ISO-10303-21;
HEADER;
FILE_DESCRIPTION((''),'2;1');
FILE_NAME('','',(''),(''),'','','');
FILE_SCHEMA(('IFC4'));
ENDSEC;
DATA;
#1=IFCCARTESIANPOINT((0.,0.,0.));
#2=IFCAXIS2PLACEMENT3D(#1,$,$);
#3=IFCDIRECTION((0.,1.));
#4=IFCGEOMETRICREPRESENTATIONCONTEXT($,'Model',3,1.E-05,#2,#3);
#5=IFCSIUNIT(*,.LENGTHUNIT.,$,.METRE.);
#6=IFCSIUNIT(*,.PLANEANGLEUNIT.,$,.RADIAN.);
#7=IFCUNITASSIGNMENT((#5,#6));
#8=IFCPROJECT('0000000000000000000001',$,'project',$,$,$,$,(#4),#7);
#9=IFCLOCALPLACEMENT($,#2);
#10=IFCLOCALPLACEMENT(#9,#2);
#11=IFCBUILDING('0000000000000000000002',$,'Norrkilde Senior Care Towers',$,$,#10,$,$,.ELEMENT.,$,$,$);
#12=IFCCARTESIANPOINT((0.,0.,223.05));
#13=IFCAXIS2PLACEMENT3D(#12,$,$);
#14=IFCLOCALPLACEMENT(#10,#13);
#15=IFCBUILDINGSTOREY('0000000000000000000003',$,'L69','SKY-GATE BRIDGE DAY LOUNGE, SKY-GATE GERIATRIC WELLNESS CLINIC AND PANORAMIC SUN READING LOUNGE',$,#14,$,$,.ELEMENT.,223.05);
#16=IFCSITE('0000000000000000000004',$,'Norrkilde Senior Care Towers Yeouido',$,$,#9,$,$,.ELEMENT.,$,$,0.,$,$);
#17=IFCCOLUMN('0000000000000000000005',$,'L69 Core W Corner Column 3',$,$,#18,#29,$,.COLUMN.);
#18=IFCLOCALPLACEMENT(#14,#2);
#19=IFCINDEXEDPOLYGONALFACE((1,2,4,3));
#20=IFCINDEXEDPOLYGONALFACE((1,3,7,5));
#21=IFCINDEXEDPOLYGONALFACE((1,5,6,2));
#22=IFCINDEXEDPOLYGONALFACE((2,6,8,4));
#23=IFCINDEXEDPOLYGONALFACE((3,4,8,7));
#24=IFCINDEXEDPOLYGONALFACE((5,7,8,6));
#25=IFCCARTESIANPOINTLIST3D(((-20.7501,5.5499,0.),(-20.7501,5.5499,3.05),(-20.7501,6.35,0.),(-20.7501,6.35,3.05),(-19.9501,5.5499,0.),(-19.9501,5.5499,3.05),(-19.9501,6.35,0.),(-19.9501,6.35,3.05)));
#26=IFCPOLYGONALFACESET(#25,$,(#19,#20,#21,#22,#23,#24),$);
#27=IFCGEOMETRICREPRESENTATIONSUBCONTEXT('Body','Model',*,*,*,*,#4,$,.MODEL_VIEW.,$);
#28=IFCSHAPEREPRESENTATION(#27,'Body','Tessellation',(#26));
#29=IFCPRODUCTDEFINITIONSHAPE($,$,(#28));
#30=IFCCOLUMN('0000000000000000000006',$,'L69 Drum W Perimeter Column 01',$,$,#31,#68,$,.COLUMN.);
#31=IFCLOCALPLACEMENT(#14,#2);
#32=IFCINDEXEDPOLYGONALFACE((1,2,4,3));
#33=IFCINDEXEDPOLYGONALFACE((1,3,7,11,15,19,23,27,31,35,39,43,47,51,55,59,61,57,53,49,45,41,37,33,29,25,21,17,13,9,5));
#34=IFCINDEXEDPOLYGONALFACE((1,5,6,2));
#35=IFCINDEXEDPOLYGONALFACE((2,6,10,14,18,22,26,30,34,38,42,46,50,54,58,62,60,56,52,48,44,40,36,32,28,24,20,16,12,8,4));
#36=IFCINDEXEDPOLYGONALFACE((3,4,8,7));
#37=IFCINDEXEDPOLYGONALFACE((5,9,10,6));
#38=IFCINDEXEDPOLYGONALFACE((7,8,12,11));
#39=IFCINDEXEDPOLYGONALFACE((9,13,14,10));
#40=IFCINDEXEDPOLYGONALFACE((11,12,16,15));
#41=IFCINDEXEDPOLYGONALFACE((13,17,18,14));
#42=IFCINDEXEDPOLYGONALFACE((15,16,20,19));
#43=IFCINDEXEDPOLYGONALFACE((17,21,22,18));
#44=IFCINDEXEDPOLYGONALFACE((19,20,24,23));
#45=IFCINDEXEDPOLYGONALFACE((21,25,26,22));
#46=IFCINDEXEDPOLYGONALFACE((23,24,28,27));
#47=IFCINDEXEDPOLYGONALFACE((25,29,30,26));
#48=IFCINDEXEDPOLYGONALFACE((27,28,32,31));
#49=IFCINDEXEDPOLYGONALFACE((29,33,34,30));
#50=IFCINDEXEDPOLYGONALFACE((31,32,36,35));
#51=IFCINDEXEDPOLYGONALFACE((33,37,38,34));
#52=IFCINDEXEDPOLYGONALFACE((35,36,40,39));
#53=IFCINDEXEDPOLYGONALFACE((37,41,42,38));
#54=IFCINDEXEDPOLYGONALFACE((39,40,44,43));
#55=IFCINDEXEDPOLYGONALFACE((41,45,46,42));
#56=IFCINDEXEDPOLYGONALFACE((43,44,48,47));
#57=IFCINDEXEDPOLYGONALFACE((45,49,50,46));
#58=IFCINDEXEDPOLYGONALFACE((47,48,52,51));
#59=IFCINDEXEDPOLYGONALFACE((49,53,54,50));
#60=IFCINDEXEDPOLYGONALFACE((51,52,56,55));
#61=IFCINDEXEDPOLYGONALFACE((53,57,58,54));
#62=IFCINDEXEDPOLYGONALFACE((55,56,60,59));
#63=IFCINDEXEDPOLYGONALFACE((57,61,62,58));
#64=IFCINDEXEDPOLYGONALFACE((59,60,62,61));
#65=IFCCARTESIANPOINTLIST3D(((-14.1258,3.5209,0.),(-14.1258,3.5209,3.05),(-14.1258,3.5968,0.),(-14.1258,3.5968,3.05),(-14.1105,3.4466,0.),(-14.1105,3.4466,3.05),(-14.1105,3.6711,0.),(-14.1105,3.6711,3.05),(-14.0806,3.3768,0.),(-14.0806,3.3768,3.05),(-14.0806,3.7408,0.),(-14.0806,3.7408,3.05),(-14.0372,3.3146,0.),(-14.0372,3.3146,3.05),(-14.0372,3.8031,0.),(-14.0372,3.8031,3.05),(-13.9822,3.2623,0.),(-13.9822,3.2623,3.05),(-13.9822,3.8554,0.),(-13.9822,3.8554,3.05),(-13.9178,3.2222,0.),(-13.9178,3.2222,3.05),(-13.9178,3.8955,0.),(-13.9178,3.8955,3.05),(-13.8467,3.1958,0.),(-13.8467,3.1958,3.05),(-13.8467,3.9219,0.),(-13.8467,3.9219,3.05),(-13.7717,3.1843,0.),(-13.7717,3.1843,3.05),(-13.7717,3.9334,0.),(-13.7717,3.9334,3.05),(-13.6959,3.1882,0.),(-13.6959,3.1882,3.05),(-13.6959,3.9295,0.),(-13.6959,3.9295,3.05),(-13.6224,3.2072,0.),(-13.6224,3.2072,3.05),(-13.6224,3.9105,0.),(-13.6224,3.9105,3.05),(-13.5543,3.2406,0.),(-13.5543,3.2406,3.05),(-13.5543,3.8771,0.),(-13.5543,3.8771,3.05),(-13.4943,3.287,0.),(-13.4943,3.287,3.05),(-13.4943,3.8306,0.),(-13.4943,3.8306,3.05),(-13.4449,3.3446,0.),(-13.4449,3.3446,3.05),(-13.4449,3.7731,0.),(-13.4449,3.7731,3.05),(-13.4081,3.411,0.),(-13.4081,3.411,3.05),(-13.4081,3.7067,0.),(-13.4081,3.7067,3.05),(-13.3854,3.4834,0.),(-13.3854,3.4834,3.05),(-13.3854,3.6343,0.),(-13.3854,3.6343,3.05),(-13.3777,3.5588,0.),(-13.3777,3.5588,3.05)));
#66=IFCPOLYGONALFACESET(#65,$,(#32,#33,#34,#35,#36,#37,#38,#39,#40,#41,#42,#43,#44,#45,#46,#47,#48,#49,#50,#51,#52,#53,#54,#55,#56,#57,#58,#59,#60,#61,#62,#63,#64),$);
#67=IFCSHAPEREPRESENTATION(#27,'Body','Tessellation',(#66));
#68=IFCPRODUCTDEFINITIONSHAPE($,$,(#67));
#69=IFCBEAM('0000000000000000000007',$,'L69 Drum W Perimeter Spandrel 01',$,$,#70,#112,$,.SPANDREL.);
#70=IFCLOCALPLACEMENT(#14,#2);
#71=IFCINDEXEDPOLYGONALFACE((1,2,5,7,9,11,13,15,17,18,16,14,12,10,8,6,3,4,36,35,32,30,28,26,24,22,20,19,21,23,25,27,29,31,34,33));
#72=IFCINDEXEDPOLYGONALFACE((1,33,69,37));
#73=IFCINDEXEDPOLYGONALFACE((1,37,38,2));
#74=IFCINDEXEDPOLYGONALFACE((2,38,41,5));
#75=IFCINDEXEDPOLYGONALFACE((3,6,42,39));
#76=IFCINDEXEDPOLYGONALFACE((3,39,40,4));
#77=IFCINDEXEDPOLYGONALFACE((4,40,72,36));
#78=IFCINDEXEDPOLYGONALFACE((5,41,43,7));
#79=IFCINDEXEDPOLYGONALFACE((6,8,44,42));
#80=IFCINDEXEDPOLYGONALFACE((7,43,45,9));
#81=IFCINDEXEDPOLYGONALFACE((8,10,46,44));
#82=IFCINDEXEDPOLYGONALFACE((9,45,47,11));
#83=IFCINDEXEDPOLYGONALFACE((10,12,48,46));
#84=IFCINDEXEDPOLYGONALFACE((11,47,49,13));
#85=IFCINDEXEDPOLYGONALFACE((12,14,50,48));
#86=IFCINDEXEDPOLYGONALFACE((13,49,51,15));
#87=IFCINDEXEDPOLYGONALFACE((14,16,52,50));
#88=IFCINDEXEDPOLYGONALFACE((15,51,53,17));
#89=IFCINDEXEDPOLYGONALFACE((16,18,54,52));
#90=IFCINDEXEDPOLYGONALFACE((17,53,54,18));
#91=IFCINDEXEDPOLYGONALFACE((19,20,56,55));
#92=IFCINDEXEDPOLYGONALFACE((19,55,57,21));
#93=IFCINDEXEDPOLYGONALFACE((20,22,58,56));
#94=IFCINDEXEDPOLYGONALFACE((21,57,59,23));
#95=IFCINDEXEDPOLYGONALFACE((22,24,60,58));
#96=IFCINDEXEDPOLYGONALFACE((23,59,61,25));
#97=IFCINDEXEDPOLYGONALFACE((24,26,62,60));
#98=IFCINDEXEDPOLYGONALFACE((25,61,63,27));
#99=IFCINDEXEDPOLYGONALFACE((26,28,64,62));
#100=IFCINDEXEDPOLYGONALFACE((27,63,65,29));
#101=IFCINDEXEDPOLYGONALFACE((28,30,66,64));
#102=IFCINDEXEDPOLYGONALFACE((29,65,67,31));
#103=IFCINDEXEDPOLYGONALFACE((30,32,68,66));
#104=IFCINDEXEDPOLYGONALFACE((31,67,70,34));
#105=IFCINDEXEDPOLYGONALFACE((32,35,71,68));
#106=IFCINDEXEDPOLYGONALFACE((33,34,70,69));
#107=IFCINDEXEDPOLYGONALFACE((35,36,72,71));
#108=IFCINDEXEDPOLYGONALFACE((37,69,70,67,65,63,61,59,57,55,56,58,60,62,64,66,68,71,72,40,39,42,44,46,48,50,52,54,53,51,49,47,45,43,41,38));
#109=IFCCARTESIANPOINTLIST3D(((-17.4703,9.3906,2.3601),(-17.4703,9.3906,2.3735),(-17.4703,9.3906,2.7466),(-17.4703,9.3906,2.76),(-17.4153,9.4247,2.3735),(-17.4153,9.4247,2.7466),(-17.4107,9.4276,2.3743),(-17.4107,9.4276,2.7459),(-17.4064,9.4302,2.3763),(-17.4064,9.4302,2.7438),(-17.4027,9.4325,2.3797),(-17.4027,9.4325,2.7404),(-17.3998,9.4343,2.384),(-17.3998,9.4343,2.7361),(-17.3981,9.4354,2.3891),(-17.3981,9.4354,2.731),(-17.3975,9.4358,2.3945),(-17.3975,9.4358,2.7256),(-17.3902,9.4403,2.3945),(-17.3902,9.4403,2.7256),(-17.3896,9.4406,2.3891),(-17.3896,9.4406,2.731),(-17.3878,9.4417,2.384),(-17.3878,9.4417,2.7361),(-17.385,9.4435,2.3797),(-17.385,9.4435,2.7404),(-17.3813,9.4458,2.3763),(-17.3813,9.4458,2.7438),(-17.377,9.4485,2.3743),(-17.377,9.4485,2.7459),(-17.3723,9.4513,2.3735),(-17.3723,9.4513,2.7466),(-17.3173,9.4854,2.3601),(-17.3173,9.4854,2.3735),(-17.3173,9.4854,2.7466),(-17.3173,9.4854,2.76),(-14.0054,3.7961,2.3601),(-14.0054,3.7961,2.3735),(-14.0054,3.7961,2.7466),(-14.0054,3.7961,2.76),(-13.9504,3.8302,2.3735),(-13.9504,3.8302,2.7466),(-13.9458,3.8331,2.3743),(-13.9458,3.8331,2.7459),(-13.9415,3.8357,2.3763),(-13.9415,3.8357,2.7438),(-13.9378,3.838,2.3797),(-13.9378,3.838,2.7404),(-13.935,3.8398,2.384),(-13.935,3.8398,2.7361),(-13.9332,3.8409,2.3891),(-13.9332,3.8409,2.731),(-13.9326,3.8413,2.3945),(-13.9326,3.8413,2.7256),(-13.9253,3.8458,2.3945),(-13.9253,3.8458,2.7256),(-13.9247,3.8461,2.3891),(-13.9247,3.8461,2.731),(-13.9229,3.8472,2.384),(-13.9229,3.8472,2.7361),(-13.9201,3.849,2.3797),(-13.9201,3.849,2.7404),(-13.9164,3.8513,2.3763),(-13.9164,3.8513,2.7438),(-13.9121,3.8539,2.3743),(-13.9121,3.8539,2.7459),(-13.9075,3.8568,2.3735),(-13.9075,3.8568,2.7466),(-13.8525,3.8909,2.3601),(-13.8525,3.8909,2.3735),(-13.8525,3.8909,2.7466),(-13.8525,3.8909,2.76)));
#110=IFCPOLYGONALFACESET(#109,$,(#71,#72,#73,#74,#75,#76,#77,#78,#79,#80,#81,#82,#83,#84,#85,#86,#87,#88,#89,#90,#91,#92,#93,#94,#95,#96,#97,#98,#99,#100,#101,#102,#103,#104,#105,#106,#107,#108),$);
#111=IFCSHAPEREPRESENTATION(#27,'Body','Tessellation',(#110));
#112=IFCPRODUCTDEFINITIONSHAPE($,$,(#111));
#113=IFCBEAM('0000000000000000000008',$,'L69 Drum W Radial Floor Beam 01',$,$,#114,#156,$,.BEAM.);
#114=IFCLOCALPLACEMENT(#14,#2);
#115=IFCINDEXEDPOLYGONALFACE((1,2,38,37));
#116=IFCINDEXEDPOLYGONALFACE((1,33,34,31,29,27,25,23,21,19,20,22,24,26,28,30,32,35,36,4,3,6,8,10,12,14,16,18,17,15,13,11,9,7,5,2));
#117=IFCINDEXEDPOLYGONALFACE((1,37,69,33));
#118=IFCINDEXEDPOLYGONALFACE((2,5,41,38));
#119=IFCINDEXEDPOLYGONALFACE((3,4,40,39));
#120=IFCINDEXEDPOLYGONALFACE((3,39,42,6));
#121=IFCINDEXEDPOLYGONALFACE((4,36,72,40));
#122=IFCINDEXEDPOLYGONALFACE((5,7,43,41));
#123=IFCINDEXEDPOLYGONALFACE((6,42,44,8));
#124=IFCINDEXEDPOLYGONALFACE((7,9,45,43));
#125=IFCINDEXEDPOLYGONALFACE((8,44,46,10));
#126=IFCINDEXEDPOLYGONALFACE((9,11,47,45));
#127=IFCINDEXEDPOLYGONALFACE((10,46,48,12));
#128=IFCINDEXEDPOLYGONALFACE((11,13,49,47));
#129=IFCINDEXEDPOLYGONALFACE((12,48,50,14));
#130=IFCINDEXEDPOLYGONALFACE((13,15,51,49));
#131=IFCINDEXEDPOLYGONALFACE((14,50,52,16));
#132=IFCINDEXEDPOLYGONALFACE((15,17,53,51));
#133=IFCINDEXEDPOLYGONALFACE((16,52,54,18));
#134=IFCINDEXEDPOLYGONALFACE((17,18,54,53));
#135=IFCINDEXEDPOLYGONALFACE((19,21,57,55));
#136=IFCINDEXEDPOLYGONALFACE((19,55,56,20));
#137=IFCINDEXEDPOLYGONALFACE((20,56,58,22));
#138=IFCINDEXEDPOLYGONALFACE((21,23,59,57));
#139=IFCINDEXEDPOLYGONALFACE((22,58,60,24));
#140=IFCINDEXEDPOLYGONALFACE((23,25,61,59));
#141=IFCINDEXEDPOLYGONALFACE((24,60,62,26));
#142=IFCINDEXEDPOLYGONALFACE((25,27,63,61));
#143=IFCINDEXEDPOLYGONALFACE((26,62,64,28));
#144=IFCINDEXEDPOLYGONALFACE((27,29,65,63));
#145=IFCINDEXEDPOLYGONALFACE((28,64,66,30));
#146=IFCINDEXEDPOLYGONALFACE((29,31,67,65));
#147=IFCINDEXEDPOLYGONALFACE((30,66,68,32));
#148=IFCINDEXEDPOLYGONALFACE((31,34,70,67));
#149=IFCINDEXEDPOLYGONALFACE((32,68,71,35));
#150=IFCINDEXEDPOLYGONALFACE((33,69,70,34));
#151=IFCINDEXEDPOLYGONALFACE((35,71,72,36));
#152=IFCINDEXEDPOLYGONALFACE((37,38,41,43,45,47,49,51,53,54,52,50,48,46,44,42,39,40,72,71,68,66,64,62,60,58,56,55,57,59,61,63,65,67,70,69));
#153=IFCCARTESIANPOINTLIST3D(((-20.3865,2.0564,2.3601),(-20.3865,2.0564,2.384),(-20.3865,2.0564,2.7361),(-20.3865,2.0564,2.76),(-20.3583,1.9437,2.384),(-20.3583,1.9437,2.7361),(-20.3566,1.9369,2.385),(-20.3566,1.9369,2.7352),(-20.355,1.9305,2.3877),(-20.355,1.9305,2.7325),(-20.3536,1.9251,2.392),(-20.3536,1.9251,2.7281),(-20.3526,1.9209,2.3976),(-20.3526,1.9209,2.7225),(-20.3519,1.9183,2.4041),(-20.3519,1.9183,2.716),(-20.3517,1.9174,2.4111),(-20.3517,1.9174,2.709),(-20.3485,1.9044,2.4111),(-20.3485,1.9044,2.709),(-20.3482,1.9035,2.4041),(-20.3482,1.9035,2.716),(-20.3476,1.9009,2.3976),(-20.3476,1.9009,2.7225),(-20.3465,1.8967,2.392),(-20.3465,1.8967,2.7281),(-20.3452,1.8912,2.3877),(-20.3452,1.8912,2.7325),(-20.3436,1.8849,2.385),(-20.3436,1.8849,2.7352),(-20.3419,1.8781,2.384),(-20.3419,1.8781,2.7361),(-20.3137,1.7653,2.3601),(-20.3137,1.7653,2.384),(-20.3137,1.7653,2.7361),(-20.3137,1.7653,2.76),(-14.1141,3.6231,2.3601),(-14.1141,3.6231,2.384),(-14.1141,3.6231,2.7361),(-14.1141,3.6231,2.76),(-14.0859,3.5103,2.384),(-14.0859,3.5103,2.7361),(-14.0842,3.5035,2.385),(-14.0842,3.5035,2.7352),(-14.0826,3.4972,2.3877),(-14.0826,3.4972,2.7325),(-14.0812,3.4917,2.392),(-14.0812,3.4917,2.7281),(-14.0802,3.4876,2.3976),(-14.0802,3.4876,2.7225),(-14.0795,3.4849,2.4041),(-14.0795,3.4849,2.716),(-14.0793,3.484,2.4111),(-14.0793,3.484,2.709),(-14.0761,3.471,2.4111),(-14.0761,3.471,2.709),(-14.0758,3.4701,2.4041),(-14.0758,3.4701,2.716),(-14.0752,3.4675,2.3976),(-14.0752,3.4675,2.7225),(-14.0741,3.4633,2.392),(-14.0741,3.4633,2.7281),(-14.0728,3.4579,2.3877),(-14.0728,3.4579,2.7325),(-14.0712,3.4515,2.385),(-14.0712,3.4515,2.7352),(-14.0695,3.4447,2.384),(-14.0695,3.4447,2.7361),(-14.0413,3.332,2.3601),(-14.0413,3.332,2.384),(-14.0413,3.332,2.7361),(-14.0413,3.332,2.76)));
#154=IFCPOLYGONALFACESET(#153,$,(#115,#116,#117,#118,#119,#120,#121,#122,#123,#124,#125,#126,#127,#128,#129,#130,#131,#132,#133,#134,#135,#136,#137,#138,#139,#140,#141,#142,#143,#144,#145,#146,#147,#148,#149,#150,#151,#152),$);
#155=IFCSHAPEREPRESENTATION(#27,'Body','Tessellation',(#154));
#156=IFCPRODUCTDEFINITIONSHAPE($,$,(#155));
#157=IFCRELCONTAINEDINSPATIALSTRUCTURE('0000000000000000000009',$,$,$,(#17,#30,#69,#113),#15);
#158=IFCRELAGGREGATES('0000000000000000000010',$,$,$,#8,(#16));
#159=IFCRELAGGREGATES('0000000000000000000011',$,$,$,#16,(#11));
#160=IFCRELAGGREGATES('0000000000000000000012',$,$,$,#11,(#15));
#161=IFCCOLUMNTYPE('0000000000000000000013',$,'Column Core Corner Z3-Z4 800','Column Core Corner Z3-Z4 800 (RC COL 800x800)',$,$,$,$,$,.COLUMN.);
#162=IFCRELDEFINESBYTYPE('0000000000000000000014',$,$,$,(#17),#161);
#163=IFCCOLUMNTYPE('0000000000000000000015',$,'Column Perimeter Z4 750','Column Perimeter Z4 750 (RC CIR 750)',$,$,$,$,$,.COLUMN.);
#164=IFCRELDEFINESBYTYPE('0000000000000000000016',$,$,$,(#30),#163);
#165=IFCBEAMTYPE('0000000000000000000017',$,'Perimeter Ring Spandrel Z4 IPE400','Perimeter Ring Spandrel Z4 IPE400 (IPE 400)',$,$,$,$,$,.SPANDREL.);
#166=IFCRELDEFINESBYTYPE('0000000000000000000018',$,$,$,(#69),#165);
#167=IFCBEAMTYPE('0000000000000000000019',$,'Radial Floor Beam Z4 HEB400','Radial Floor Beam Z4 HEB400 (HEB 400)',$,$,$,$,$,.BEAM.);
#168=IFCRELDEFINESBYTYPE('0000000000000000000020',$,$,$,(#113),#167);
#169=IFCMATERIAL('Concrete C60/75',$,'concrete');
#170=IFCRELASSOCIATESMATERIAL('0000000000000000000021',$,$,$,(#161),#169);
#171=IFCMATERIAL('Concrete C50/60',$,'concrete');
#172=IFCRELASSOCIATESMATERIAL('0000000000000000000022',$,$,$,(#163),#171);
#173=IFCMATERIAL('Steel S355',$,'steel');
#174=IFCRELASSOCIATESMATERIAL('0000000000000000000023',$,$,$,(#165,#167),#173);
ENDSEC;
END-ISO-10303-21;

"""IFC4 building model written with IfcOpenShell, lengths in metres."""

from ifc_helpers import new_model, si_unit, direction, frame, origin, origin_2d, place, context, subcontext, project, spatial, rectangle, circle, i_section, extrude, source, transform, mapped, material, material_profile, profile_set, type_object, type_shapes, element, save


model = new_model("IFC4")

# Units and contexts
model_context = context("Model", 3, precision=1e-05, world=origin(), true_north=direction((0.0, 1.0)))
body_context = subcontext(model_context, "Body", "Model", "MODEL_VIEW")
ifc_project = project(units=[si_unit("LENGTHUNIT", "METRE"), si_unit("PLANEANGLEUNIT", "RADIAN")], contexts=[model_context])

# Site, building, storey
site_placement = place(None, origin())
site = spatial("IfcSite", under=ifc_project, at=site_placement, Name="Norrkilde Senior Care Towers Yeouido", CompositionType="ELEMENT", RefElevation=0.0)
building_placement = place(site_placement, origin())
building = spatial("IfcBuilding", under=site, at=building_placement, Name="Norrkilde Senior Care Towers", CompositionType="ELEMENT")
storey_placement = place(building_placement, frame((0.0, 0.0, 223.05)))
storey = spatial("IfcBuildingStorey", under=building, at=storey_placement, Name="L69", Description="SKY-GATE BRIDGE DAY LOUNGE, SKY-GATE GERIATRIC WELLNESS CLINIC AND PANORAMIC SUN READING LOUNGE", CompositionType="ELEMENT", Elevation=223.05)

# Columns
ifc_material_1 = material(Name="Concrete C60/75", Category="concrete")
ifc_material_profile_1 = material_profile(ifc_material_1, rectangle(XDim=0.8, YDim=0.8, at=origin_2d()), Name="RC COL 800x800")
ifc_profile_set_1 = profile_set([ifc_material_profile_1], Name="Concrete C60/75")
column_type_1 = type_object("IfcColumnType", Name="Column Core Corner Z3-Z4 800", Description="Column Core Corner Z3-Z4 800 (RC COL 800x800)", PredefinedType="COLUMN", material=ifc_profile_set_1)
shared_shape_1 = source(origin(), body_context, "Body", "SweptSolid", [
    extrude(rectangle(XDim=0.8, YDim=0.8, at=origin_2d()), origin(), (0.0, 0.0, 1.0), 3.05),
])
type_shapes(column_type_1, [shared_shape_1])
column_1_placement = place(storey_placement, frame((-20.3501, 5.95, 0.0), z_axis=(0.0, 0.0, 1.0), x_axis=(1.0, 0.0, 0.0)))
element("IfcColumn", 1, at=column_1_placement, inside=storey, type_object=column_type_1, Name="L69 Core W Corner Column 3", PredefinedType="COLUMN", context=body_context, shape_type="MappedRepresentation", body=[
    mapped(shared_shape_1, transform((0.0, 0.0, 0.0), x_axis=(1.0, 0.0, 0.0), y_axis=(0.0, 1.0, 0.0), z_axis=(0.0, 0.0, 1.0), scale=1.0)),
])
ifc_material_2 = material(Name="Concrete C50/60", Category="concrete")
ifc_material_profile_2 = material_profile(ifc_material_2, circle(Radius=0.375, at=origin_2d()), Name="RC CIR 750")
ifc_profile_set_2 = profile_set([ifc_material_profile_2], Name="Concrete C50/60")
column_type_2 = type_object("IfcColumnType", Name="Column Perimeter Z4 750", Description="Column Perimeter Z4 750 (RC CIR 750)", PredefinedType="COLUMN", material=ifc_profile_set_2)
shared_shape_2 = source(origin(), body_context, "Body", "SweptSolid", [
    extrude(circle(Radius=0.375, at=origin_2d()), origin(), (0.0, 0.0, 1.0), 3.05),
])
type_shapes(column_type_2, [shared_shape_2])
column_2_placement = place(storey_placement, frame((-13.7527, 3.5588, 0.0), z_axis=(0.0, 0.0, 1.0), x_axis=(1.0, 0.0, 0.0)))
element("IfcColumn", 2, at=column_2_placement, inside=storey, type_object=column_type_2, Name="L69 Drum W Perimeter Column 01", PredefinedType="COLUMN", context=body_context, shape_type="MappedRepresentation", body=[
    mapped(shared_shape_2, transform((0.0, 0.0, 0.0), x_axis=(1.0, 0.0, 0.0), y_axis=(0.0, 1.0, 0.0), z_axis=(0.0, 0.0, 1.0), scale=1.0)),
])

# Beams
ifc_material_3 = material(Name="Steel S355", Category="steel")
ifc_material_profile_3 = material_profile(ifc_material_3, i_section(OverallWidth=0.1799, OverallDepth=0.3999, WebThickness=0.0085, FlangeThickness=0.0134, FilletRadius=0.021, at=origin_2d()), Name="IPE 400")
ifc_profile_set_3 = profile_set([ifc_material_profile_3], Name="Steel S355")
beam_type_1 = type_object("IfcBeamType", Name="Perimeter Ring Spandrel Z4 IPE400", Description="Perimeter Ring Spandrel Z4 IPE400 (IPE 400)", PredefinedType="SPANDREL", material=ifc_profile_set_3)
shared_shape_3 = source(origin(), body_context, "Body", "SweptSolid", [
    extrude(i_section(OverallWidth=0.1799, OverallDepth=0.3999, WebThickness=0.0085, FlangeThickness=0.0134, FilletRadius=0.021, at=origin_2d()), origin(), (0.0, 0.0, 1.0), 6.5806),
])
type_shapes(beam_type_1, [shared_shape_3])
beam_1_placement = place(storey_placement, frame((-13.929, 3.8435, 2.5601), z_axis=(-0.52653, 0.850157, 0.0), x_axis=(-0.850157, -0.52653, 0.0)))
element("IfcBeam", 3, at=beam_1_placement, inside=storey, type_object=beam_type_1, Name="L69 Drum W Perimeter Spandrel 01", PredefinedType="SPANDREL", context=body_context, shape_type="MappedRepresentation", body=[
    mapped(shared_shape_3, transform((0.0, 0.0, 0.0), x_axis=(1.0, 0.0, 0.0), y_axis=(0.0, 1.0, 0.0), z_axis=(0.0, 0.0, 1.0), scale=1.0)),
])
ifc_material_profile_4 = material_profile(ifc_material_3, i_section(OverallWidth=0.3, OverallDepth=0.3999, WebThickness=0.0134, FlangeThickness=0.0239, FilletRadius=0.0271, at=origin_2d()), Name="HEB 400")
ifc_profile_set_4 = profile_set([ifc_material_profile_4], Name="Steel S355")
beam_type_2 = type_object("IfcBeamType", Name="Radial Floor Beam Z4 HEB400", Description="Radial Floor Beam Z4 HEB400 (HEB 400)", PredefinedType="BEAM", material=ifc_profile_set_4)
shared_shape_4 = source(origin(), body_context, "Body", "SweptSolid", [
    extrude(i_section(OverallWidth=0.3, OverallDepth=0.3999, WebThickness=0.0134, FlangeThickness=0.0239, FilletRadius=0.0271, at=origin_2d()), origin(), (0.0, 0.0, 1.0), 6.4651),
])
beam_2_placement = place(storey_placement, frame((-20.3501, 1.9109, 2.5601), z_axis=(0.970196, 0.242322, 0.0), x_axis=(-0.242322, 0.970196, 0.0)))
element("IfcBeam", 4, at=beam_2_placement, inside=storey, type_object=beam_type_2, Name="L69 Drum W Radial Floor Beam 01", PredefinedType="BEAM", context=body_context, shape_type="MappedRepresentation", body=[
    mapped(shared_shape_4, transform((0.0, 0.0, 0.0), x_axis=(1.0, 0.0, 0.0), y_axis=(0.0, 1.0, 0.0), z_axis=(0.0, 0.0, 1.0), scale=1.0)),
])

save(model, "model.ifc")
